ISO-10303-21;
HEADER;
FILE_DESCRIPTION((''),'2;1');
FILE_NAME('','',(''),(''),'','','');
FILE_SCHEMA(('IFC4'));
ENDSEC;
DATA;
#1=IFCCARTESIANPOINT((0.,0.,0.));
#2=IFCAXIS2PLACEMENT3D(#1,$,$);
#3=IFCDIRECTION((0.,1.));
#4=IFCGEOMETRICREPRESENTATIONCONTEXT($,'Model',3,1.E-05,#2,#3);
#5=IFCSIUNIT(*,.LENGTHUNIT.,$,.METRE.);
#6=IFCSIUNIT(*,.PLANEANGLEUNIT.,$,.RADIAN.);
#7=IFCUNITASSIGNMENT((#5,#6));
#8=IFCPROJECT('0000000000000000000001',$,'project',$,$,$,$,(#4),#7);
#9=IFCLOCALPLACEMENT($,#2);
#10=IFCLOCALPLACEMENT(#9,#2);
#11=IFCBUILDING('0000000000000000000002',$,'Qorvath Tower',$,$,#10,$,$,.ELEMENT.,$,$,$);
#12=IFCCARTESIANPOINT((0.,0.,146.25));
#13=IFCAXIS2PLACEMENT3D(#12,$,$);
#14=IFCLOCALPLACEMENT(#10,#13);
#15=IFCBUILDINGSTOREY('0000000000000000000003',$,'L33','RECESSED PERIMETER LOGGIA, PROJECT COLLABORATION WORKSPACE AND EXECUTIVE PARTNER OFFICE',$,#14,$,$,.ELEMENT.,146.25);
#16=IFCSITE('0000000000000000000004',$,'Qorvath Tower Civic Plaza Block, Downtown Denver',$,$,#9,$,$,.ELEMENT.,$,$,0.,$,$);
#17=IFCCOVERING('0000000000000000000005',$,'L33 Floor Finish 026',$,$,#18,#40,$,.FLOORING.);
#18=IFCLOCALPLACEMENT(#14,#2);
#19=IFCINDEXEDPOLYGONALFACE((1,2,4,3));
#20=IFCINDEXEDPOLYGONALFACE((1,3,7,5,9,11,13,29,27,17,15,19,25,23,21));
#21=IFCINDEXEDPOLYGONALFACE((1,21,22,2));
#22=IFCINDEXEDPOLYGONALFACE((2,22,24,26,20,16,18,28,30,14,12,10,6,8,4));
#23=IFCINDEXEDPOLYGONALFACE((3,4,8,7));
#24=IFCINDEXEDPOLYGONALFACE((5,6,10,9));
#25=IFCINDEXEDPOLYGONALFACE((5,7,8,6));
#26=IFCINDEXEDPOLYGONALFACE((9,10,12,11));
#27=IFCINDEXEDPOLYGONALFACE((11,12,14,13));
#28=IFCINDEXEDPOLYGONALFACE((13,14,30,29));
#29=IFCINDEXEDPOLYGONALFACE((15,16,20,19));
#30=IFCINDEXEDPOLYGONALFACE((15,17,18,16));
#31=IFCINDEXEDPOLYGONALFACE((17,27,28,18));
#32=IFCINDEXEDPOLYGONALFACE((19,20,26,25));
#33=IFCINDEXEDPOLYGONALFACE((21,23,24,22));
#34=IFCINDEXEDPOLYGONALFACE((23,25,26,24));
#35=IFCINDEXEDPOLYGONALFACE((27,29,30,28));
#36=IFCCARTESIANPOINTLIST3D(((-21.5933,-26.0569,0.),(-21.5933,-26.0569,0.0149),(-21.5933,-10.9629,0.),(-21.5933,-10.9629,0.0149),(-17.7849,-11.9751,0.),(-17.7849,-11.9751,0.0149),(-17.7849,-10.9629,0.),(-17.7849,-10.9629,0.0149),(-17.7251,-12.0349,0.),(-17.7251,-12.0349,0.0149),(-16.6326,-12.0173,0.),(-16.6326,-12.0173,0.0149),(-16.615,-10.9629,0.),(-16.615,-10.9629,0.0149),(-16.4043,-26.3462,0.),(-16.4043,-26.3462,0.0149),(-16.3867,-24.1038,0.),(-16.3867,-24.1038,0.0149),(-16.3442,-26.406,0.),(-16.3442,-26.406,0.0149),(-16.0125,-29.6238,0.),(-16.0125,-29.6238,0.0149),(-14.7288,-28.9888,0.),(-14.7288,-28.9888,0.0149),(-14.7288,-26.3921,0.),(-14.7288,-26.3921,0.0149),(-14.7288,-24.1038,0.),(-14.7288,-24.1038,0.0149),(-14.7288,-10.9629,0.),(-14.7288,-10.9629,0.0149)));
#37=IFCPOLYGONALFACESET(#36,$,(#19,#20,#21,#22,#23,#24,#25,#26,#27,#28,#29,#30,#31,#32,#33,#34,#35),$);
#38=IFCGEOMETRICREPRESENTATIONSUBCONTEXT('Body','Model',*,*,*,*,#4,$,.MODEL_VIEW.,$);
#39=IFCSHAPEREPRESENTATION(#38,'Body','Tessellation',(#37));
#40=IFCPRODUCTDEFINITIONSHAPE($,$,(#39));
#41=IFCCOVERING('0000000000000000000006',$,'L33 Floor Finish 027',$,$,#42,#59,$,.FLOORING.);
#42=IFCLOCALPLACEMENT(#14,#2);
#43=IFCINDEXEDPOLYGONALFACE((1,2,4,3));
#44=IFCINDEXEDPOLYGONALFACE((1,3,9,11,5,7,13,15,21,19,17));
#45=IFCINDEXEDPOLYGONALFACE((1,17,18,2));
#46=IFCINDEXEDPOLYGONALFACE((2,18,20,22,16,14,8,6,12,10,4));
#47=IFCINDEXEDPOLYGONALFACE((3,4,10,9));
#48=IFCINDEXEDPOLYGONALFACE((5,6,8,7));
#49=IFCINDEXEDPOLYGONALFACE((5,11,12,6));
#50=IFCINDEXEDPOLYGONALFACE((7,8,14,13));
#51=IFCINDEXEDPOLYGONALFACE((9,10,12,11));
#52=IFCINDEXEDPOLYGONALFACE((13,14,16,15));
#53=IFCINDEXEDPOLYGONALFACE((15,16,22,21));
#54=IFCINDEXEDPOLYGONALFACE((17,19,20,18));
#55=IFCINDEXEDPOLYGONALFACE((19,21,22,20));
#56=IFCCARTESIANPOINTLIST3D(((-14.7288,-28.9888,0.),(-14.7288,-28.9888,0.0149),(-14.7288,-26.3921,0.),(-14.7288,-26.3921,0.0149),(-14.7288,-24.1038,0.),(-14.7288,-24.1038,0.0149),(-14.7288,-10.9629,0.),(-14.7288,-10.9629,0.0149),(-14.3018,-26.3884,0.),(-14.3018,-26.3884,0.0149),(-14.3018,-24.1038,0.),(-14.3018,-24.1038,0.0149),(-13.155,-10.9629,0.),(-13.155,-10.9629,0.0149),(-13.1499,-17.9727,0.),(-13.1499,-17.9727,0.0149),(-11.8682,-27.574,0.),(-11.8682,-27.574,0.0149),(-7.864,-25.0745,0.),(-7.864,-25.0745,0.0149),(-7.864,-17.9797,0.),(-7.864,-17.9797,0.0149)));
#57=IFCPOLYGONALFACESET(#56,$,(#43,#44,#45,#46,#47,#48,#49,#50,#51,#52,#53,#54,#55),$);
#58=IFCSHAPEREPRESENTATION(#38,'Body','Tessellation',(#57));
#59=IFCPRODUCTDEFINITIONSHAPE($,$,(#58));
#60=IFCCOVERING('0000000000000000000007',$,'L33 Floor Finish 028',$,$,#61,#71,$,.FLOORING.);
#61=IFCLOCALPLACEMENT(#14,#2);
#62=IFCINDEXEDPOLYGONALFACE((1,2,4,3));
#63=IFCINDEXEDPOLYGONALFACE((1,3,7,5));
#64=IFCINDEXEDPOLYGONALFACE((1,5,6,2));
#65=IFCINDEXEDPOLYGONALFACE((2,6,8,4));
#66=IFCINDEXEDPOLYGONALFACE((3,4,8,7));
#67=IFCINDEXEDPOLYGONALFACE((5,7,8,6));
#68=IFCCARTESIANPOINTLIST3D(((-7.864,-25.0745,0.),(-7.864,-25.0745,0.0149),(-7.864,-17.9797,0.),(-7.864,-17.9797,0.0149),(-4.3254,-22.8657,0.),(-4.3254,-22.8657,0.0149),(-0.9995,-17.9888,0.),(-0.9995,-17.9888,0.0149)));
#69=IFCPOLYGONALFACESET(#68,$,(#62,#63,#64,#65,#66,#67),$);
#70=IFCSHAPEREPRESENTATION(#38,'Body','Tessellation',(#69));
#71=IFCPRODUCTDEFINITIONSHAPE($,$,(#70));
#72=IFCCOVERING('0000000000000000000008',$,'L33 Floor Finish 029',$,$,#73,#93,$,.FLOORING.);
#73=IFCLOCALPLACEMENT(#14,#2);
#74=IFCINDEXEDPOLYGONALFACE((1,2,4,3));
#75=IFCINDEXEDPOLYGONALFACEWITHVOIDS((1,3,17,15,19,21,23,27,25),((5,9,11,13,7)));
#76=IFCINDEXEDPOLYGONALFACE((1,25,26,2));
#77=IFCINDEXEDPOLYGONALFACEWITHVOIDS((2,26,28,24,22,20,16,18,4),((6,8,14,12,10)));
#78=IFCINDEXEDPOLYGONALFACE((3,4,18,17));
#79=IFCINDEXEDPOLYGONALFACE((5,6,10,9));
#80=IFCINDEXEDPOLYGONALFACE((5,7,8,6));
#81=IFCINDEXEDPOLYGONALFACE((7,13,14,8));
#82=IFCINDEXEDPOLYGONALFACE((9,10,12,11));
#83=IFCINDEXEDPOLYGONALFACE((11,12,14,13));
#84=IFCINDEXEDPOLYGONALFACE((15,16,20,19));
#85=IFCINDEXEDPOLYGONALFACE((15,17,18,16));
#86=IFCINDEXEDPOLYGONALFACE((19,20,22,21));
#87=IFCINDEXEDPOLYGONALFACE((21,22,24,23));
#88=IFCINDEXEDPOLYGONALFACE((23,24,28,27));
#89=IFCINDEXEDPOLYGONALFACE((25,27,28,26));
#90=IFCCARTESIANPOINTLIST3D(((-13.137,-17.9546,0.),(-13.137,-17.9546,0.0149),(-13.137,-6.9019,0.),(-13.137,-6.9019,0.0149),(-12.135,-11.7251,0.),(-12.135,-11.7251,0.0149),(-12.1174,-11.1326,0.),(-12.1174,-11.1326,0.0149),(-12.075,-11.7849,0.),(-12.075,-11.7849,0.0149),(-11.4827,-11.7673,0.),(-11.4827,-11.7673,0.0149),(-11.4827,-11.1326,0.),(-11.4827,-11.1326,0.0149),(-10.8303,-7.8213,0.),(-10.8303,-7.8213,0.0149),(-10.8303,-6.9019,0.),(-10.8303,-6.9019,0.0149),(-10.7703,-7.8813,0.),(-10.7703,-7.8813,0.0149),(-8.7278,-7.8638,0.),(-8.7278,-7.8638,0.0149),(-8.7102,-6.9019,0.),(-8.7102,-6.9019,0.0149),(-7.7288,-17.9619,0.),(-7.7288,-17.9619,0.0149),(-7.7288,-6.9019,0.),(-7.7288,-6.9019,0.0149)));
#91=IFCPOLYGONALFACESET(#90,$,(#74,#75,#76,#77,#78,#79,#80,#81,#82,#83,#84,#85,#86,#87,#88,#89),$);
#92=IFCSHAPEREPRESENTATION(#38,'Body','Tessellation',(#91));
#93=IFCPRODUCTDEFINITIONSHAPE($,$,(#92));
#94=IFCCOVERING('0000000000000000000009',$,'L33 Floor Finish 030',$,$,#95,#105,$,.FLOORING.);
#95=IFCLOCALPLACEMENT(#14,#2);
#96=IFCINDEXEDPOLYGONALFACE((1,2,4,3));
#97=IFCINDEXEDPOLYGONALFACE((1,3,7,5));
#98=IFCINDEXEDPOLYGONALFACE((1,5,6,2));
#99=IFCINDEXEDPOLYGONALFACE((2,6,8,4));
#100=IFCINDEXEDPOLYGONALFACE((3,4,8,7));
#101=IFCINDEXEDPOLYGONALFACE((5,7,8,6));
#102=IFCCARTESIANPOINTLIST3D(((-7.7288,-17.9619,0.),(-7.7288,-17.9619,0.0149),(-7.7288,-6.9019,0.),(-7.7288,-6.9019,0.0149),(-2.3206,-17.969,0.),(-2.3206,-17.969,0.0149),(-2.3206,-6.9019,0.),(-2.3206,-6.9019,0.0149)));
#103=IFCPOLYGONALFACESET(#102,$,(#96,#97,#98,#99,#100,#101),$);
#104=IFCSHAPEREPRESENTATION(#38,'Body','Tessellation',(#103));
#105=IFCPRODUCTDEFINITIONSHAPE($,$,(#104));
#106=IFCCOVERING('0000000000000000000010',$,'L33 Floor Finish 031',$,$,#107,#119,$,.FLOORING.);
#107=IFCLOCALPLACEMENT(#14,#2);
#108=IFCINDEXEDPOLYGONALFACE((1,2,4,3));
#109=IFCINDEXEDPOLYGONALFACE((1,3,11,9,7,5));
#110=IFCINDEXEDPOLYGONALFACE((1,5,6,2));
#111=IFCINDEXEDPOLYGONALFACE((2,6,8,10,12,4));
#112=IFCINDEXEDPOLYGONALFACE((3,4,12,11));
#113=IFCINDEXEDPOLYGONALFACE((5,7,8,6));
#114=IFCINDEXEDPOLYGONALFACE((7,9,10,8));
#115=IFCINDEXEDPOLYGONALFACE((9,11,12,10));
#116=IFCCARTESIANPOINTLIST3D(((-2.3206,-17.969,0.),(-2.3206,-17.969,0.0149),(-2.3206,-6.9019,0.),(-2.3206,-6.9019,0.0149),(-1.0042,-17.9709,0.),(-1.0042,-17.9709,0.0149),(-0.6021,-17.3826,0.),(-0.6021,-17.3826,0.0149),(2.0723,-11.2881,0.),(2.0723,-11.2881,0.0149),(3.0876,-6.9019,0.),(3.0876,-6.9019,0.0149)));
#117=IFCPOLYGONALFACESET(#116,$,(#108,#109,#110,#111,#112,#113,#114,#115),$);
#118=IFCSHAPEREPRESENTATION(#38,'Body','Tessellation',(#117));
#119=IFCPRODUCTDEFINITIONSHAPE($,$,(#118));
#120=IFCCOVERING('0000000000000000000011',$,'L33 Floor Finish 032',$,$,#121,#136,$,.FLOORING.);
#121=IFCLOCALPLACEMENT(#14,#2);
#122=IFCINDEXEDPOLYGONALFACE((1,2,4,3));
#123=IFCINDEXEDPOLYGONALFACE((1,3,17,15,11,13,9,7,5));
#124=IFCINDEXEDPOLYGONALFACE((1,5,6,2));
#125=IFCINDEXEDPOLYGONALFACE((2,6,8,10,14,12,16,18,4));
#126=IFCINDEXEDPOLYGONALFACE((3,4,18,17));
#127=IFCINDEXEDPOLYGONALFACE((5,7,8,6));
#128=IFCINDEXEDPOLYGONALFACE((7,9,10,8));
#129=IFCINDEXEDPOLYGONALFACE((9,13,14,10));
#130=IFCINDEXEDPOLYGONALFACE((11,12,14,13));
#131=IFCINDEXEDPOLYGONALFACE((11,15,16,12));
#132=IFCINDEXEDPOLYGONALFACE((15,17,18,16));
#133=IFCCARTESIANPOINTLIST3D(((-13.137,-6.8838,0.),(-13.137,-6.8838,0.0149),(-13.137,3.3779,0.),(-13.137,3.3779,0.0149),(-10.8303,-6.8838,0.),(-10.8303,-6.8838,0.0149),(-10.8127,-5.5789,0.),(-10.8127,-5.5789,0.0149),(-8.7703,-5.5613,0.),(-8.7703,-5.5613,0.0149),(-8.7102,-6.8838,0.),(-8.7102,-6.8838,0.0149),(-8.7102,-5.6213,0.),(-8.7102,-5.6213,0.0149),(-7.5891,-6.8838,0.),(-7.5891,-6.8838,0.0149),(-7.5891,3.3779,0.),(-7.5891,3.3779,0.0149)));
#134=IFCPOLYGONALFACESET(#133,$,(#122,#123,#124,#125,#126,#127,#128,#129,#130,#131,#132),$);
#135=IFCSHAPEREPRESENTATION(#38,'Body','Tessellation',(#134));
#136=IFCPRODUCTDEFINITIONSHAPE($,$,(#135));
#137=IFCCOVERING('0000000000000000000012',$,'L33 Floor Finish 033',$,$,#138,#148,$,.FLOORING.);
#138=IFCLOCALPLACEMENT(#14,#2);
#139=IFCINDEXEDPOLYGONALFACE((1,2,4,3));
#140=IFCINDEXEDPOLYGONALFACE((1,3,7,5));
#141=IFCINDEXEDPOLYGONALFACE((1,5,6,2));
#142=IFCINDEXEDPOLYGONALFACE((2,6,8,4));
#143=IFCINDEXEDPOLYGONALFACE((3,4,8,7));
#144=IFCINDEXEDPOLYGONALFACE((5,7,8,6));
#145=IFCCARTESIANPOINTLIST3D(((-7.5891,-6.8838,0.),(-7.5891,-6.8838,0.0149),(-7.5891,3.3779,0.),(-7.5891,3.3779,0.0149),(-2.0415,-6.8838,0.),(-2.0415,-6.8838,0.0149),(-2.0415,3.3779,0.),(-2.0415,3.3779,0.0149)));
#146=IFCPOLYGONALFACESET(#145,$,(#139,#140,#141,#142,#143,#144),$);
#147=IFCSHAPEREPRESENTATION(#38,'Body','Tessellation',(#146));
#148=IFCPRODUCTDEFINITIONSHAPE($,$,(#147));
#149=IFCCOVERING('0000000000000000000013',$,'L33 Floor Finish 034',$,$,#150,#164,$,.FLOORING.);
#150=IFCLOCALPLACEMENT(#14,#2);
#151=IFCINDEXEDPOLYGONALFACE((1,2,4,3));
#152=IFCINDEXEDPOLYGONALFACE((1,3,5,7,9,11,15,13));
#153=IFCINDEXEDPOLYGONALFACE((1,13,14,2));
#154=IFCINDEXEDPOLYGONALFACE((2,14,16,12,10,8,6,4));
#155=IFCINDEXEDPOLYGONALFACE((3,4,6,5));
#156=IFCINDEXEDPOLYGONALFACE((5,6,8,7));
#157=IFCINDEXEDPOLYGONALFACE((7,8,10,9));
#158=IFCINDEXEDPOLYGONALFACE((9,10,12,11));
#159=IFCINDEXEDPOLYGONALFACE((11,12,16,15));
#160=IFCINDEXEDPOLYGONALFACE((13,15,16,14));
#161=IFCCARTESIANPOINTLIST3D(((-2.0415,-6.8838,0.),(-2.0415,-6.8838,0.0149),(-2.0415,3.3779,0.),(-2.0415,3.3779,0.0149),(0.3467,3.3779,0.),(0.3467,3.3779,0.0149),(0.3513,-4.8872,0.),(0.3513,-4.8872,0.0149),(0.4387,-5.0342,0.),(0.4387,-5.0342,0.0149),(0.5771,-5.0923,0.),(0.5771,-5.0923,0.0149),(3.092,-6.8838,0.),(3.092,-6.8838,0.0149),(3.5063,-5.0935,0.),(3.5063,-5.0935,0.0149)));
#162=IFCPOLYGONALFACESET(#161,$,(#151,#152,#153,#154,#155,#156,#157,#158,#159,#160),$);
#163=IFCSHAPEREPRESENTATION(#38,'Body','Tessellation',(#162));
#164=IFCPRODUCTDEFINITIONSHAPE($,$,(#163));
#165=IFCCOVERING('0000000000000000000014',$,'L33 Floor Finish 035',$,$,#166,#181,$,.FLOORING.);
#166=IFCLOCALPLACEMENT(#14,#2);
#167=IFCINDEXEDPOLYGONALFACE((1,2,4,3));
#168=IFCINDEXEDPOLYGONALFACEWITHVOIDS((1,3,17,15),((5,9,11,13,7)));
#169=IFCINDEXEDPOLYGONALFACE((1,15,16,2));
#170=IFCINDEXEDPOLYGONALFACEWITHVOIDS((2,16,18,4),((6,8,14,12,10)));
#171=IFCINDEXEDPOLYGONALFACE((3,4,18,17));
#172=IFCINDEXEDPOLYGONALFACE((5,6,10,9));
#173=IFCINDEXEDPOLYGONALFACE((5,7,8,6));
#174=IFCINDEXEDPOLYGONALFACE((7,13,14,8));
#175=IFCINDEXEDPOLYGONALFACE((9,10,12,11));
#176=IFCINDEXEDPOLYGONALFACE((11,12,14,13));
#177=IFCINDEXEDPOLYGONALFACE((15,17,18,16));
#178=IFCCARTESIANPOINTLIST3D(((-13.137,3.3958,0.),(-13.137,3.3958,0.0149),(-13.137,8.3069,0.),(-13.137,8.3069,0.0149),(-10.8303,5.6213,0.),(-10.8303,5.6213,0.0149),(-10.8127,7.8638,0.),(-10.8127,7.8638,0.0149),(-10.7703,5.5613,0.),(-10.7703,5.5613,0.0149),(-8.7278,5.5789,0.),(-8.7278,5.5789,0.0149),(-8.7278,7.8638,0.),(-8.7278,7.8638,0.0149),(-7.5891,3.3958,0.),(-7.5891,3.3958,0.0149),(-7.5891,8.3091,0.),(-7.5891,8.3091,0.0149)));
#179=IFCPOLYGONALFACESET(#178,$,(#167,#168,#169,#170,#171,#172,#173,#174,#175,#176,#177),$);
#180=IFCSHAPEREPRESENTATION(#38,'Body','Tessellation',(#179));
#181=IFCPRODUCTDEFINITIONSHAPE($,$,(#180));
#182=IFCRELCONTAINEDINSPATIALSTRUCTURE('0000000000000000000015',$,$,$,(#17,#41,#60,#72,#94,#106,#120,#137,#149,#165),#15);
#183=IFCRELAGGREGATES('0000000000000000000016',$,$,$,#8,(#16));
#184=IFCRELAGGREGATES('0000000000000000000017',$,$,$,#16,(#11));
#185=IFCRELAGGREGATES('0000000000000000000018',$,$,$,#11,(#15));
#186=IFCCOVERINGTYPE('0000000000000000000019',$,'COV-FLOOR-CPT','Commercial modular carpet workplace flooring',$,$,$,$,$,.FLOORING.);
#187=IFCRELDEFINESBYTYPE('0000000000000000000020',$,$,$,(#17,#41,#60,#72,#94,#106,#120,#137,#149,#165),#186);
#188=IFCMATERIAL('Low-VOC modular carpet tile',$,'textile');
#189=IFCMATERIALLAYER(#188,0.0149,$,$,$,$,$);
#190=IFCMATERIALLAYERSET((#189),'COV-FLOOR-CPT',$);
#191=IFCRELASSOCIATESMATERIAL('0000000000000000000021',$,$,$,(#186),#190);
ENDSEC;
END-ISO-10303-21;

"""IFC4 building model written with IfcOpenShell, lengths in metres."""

from ifc_helpers import new_model, si_unit, direction, frame, origin, place, context, subcontext, project, spatial, polyline, outline, extrude, material, layer, layer_set, type_object, element, save


model = new_model("IFC4")

# Units and contexts
model_context = context("Model", 3, precision=1e-05, world=origin(), true_north=direction((0.0, 1.0)))
body_context = subcontext(model_context, "Body", "Model", "MODEL_VIEW")
ifc_project = project(units=[si_unit("LENGTHUNIT", "METRE"), si_unit("PLANEANGLEUNIT", "RADIAN")], contexts=[model_context])

# Site, building, storey
site_placement = place(None, origin())
site = spatial("IfcSite", under=ifc_project, at=site_placement, Name="Qorvath Tower Civic Plaza Block, Downtown Denver", CompositionType="ELEMENT", RefElevation=0.0)
building_placement = place(site_placement, origin())
building = spatial("IfcBuilding", under=site, at=building_placement, Name="Qorvath Tower", CompositionType="ELEMENT")
storey_placement = place(building_placement, frame((0.0, 0.0, 146.25)))
storey = spatial("IfcBuildingStorey", under=building, at=storey_placement, Name="L33", Description="RECESSED PERIMETER LOGGIA, PROJECT COLLABORATION WORKSPACE AND EXECUTIVE PARTNER OFFICE", CompositionType="ELEMENT", Elevation=146.25)

# Coverings
ifc_material_1 = material(Name="Low-VOC modular carpet tile", Category="textile")
ifc_layer_1 = layer(ifc_material_1, 0.0149)
ifc_layer_set_1 = layer_set([ifc_layer_1], Name="COV-FLOOR-CPT")
covering_type_1 = type_object("IfcCoveringType", Name="COV-FLOOR-CPT", Description="Commercial modular carpet workplace flooring", PredefinedType="FLOORING", material=ifc_layer_set_1)
covering_1_placement = place(storey_placement, origin())
element("IfcCovering", 1, at=covering_1_placement, inside=storey, type_object=covering_type_1, Name="L33 Floor Finish 026", PredefinedType="FLOORING", context=body_context, shape_type="SweptSolid", body=[
    extrude(outline(polyline([(-21.5933, -26.0569), (-16.0125, -29.6238), (-14.7288, -28.9888), (-14.7288, -26.3921), (-16.3442, -26.406), (-16.4043, -26.3462), (-16.3867, -24.1038), (-14.7288, -24.1038), (-14.7288, -10.9629), (-16.615, -10.9629), (-16.6326, -12.0173), (-17.7251, -12.0349), (-17.7849, -11.9751), (-17.7849, -10.9629), (-21.5933, -10.9629), (-21.5933, -26.0569)])), origin(), (0.0, 0.0, 1.0), 0.0149),
])
covering_2_placement = place(storey_placement, origin())
element("IfcCovering", 2, at=covering_2_placement, inside=storey, type_object=covering_type_1, Name="L33 Floor Finish 027", PredefinedType="FLOORING", context=body_context, shape_type="SweptSolid", body=[
    extrude(outline(polyline([(-14.7288, -10.9629), (-14.7288, -24.1038), (-14.3018, -24.1038), (-14.3018, -26.3884), (-14.7288, -26.3921), (-14.7288, -28.9888), (-11.8682, -27.574), (-7.864, -25.0745), (-7.864, -17.9797), (-13.1499, -17.9727), (-13.155, -10.9629), (-14.7288, -10.9629)])), origin(), (0.0, 0.0, 1.0), 0.0149),
])
covering_3_placement = place(storey_placement, origin())
element("IfcCovering", 3, at=covering_3_placement, inside=storey, type_object=covering_type_1, Name="L33 Floor Finish 028", PredefinedType="FLOORING", context=body_context, shape_type="SweptSolid", body=[
    extrude(outline(polyline([(-7.864, -17.9797), (-7.864, -25.0745), (-4.3254, -22.8657), (-0.9995, -17.9888), (-7.864, -17.9797)])), origin(), (0.0, 0.0, 1.0), 0.0149),
])
covering_4_placement = place(storey_placement, origin())
element("IfcCovering", 4, at=covering_4_placement, inside=storey, type_object=covering_type_1, Name="L33 Floor Finish 029", PredefinedType="FLOORING", context=body_context, shape_type="SweptSolid", body=[
    extrude(outline(polyline([(-13.137, -17.9546), (-7.7288, -17.9619), (-7.7288, -6.9019), (-8.7102, -6.9019), (-8.7278, -7.8638), (-10.7703, -7.8813), (-10.8303, -7.8213), (-10.8303, -6.9019), (-13.137, -6.9019), (-13.137, -17.9546)]), holes=[polyline([(-12.135, -11.7251), (-12.1174, -11.1326), (-11.4827, -11.1326), (-11.4827, -11.7673), (-12.075, -11.7849), (-12.135, -11.7251)])]), origin(), (0.0, 0.0, 1.0), 0.0149),
])
covering_5_placement = place(storey_placement, origin())
element("IfcCovering", 5, at=covering_5_placement, inside=storey, type_object=covering_type_1, Name="L33 Floor Finish 030", PredefinedType="FLOORING", context=body_context, shape_type="SweptSolid", body=[
    extrude(outline(polyline([(-7.7288, -6.9019), (-7.7288, -17.9619), (-2.3206, -17.969), (-2.3206, -6.9019), (-7.7288, -6.9019)])), origin(), (0.0, 0.0, 1.0), 0.0149),
])
covering_6_placement = place(storey_placement, origin())
element("IfcCovering", 6, at=covering_6_placement, inside=storey, type_object=covering_type_1, Name="L33 Floor Finish 031", PredefinedType="FLOORING", context=body_context, shape_type="SweptSolid", body=[
    extrude(outline(polyline([(-2.3206, -6.9019), (-2.3206, -17.969), (-1.0042, -17.9709), (-0.6021, -17.3826), (2.0723, -11.2881), (3.0876, -6.9019), (-2.3206, -6.9019)])), origin(), (0.0, 0.0, 1.0), 0.0149),
])
covering_7_placement = place(storey_placement, origin())
element("IfcCovering", 7, at=covering_7_placement, inside=storey, type_object=covering_type_1, Name="L33 Floor Finish 032", PredefinedType="FLOORING", context=body_context, shape_type="SweptSolid", body=[
    extrude(outline(polyline([(-7.5891, -6.8838), (-7.5891, 3.3779), (-13.137, 3.3779), (-13.137, -6.8838), (-10.8303, -6.8838), (-10.8127, -5.5789), (-8.7703, -5.5613), (-8.7102, -5.6213), (-8.7102, -6.8838), (-7.5891, -6.8838)])), origin(), (0.0, 0.0, 1.0), 0.0149),
])
covering_8_placement = place(storey_placement, origin())
element("IfcCovering", 8, at=covering_8_placement, inside=storey, type_object=covering_type_1, Name="L33 Floor Finish 033", PredefinedType="FLOORING", context=body_context, shape_type="SweptSolid", body=[
    extrude(outline(polyline([(-2.0415, -6.8838), (-2.0415, 3.3779), (-7.5891, 3.3779), (-7.5891, -6.8838), (-2.0415, -6.8838)])), origin(), (0.0, 0.0, 1.0), 0.0149),
])
covering_9_placement = place(storey_placement, origin())
element("IfcCovering", 9, at=covering_9_placement, inside=storey, type_object=covering_type_1, Name="L33 Floor Finish 034", PredefinedType="FLOORING", context=body_context, shape_type="SweptSolid", body=[
    extrude(outline(polyline([(0.4387, -5.0342), (0.3513, -4.8872), (0.3467, 3.3779), (-2.0415, 3.3779), (-2.0415, -6.8838), (3.092, -6.8838), (3.5063, -5.0935), (0.5771, -5.0923), (0.4387, -5.0342)])), origin(), (0.0, 0.0, 1.0), 0.0149),
])
covering_10_placement = place(storey_placement, origin())
element("IfcCovering", 10, at=covering_10_placement, inside=storey, type_object=covering_type_1, Name="L33 Floor Finish 035", PredefinedType="FLOORING", context=body_context, shape_type="SweptSolid", body=[
    extrude(outline(polyline([(-7.5891, 3.3958), (-7.5891, 8.3091), (-13.137, 8.3069), (-13.137, 3.3958), (-7.5891, 3.3958)]), holes=[polyline([(-10.8303, 5.6213), (-10.8127, 7.8638), (-8.7278, 7.8638), (-8.7278, 5.5789), (-10.7703, 5.5613), (-10.8303, 5.6213)])]), origin(), (0.0, 0.0, 1.0), 0.0149),
])

save(model, "model.ifc")
